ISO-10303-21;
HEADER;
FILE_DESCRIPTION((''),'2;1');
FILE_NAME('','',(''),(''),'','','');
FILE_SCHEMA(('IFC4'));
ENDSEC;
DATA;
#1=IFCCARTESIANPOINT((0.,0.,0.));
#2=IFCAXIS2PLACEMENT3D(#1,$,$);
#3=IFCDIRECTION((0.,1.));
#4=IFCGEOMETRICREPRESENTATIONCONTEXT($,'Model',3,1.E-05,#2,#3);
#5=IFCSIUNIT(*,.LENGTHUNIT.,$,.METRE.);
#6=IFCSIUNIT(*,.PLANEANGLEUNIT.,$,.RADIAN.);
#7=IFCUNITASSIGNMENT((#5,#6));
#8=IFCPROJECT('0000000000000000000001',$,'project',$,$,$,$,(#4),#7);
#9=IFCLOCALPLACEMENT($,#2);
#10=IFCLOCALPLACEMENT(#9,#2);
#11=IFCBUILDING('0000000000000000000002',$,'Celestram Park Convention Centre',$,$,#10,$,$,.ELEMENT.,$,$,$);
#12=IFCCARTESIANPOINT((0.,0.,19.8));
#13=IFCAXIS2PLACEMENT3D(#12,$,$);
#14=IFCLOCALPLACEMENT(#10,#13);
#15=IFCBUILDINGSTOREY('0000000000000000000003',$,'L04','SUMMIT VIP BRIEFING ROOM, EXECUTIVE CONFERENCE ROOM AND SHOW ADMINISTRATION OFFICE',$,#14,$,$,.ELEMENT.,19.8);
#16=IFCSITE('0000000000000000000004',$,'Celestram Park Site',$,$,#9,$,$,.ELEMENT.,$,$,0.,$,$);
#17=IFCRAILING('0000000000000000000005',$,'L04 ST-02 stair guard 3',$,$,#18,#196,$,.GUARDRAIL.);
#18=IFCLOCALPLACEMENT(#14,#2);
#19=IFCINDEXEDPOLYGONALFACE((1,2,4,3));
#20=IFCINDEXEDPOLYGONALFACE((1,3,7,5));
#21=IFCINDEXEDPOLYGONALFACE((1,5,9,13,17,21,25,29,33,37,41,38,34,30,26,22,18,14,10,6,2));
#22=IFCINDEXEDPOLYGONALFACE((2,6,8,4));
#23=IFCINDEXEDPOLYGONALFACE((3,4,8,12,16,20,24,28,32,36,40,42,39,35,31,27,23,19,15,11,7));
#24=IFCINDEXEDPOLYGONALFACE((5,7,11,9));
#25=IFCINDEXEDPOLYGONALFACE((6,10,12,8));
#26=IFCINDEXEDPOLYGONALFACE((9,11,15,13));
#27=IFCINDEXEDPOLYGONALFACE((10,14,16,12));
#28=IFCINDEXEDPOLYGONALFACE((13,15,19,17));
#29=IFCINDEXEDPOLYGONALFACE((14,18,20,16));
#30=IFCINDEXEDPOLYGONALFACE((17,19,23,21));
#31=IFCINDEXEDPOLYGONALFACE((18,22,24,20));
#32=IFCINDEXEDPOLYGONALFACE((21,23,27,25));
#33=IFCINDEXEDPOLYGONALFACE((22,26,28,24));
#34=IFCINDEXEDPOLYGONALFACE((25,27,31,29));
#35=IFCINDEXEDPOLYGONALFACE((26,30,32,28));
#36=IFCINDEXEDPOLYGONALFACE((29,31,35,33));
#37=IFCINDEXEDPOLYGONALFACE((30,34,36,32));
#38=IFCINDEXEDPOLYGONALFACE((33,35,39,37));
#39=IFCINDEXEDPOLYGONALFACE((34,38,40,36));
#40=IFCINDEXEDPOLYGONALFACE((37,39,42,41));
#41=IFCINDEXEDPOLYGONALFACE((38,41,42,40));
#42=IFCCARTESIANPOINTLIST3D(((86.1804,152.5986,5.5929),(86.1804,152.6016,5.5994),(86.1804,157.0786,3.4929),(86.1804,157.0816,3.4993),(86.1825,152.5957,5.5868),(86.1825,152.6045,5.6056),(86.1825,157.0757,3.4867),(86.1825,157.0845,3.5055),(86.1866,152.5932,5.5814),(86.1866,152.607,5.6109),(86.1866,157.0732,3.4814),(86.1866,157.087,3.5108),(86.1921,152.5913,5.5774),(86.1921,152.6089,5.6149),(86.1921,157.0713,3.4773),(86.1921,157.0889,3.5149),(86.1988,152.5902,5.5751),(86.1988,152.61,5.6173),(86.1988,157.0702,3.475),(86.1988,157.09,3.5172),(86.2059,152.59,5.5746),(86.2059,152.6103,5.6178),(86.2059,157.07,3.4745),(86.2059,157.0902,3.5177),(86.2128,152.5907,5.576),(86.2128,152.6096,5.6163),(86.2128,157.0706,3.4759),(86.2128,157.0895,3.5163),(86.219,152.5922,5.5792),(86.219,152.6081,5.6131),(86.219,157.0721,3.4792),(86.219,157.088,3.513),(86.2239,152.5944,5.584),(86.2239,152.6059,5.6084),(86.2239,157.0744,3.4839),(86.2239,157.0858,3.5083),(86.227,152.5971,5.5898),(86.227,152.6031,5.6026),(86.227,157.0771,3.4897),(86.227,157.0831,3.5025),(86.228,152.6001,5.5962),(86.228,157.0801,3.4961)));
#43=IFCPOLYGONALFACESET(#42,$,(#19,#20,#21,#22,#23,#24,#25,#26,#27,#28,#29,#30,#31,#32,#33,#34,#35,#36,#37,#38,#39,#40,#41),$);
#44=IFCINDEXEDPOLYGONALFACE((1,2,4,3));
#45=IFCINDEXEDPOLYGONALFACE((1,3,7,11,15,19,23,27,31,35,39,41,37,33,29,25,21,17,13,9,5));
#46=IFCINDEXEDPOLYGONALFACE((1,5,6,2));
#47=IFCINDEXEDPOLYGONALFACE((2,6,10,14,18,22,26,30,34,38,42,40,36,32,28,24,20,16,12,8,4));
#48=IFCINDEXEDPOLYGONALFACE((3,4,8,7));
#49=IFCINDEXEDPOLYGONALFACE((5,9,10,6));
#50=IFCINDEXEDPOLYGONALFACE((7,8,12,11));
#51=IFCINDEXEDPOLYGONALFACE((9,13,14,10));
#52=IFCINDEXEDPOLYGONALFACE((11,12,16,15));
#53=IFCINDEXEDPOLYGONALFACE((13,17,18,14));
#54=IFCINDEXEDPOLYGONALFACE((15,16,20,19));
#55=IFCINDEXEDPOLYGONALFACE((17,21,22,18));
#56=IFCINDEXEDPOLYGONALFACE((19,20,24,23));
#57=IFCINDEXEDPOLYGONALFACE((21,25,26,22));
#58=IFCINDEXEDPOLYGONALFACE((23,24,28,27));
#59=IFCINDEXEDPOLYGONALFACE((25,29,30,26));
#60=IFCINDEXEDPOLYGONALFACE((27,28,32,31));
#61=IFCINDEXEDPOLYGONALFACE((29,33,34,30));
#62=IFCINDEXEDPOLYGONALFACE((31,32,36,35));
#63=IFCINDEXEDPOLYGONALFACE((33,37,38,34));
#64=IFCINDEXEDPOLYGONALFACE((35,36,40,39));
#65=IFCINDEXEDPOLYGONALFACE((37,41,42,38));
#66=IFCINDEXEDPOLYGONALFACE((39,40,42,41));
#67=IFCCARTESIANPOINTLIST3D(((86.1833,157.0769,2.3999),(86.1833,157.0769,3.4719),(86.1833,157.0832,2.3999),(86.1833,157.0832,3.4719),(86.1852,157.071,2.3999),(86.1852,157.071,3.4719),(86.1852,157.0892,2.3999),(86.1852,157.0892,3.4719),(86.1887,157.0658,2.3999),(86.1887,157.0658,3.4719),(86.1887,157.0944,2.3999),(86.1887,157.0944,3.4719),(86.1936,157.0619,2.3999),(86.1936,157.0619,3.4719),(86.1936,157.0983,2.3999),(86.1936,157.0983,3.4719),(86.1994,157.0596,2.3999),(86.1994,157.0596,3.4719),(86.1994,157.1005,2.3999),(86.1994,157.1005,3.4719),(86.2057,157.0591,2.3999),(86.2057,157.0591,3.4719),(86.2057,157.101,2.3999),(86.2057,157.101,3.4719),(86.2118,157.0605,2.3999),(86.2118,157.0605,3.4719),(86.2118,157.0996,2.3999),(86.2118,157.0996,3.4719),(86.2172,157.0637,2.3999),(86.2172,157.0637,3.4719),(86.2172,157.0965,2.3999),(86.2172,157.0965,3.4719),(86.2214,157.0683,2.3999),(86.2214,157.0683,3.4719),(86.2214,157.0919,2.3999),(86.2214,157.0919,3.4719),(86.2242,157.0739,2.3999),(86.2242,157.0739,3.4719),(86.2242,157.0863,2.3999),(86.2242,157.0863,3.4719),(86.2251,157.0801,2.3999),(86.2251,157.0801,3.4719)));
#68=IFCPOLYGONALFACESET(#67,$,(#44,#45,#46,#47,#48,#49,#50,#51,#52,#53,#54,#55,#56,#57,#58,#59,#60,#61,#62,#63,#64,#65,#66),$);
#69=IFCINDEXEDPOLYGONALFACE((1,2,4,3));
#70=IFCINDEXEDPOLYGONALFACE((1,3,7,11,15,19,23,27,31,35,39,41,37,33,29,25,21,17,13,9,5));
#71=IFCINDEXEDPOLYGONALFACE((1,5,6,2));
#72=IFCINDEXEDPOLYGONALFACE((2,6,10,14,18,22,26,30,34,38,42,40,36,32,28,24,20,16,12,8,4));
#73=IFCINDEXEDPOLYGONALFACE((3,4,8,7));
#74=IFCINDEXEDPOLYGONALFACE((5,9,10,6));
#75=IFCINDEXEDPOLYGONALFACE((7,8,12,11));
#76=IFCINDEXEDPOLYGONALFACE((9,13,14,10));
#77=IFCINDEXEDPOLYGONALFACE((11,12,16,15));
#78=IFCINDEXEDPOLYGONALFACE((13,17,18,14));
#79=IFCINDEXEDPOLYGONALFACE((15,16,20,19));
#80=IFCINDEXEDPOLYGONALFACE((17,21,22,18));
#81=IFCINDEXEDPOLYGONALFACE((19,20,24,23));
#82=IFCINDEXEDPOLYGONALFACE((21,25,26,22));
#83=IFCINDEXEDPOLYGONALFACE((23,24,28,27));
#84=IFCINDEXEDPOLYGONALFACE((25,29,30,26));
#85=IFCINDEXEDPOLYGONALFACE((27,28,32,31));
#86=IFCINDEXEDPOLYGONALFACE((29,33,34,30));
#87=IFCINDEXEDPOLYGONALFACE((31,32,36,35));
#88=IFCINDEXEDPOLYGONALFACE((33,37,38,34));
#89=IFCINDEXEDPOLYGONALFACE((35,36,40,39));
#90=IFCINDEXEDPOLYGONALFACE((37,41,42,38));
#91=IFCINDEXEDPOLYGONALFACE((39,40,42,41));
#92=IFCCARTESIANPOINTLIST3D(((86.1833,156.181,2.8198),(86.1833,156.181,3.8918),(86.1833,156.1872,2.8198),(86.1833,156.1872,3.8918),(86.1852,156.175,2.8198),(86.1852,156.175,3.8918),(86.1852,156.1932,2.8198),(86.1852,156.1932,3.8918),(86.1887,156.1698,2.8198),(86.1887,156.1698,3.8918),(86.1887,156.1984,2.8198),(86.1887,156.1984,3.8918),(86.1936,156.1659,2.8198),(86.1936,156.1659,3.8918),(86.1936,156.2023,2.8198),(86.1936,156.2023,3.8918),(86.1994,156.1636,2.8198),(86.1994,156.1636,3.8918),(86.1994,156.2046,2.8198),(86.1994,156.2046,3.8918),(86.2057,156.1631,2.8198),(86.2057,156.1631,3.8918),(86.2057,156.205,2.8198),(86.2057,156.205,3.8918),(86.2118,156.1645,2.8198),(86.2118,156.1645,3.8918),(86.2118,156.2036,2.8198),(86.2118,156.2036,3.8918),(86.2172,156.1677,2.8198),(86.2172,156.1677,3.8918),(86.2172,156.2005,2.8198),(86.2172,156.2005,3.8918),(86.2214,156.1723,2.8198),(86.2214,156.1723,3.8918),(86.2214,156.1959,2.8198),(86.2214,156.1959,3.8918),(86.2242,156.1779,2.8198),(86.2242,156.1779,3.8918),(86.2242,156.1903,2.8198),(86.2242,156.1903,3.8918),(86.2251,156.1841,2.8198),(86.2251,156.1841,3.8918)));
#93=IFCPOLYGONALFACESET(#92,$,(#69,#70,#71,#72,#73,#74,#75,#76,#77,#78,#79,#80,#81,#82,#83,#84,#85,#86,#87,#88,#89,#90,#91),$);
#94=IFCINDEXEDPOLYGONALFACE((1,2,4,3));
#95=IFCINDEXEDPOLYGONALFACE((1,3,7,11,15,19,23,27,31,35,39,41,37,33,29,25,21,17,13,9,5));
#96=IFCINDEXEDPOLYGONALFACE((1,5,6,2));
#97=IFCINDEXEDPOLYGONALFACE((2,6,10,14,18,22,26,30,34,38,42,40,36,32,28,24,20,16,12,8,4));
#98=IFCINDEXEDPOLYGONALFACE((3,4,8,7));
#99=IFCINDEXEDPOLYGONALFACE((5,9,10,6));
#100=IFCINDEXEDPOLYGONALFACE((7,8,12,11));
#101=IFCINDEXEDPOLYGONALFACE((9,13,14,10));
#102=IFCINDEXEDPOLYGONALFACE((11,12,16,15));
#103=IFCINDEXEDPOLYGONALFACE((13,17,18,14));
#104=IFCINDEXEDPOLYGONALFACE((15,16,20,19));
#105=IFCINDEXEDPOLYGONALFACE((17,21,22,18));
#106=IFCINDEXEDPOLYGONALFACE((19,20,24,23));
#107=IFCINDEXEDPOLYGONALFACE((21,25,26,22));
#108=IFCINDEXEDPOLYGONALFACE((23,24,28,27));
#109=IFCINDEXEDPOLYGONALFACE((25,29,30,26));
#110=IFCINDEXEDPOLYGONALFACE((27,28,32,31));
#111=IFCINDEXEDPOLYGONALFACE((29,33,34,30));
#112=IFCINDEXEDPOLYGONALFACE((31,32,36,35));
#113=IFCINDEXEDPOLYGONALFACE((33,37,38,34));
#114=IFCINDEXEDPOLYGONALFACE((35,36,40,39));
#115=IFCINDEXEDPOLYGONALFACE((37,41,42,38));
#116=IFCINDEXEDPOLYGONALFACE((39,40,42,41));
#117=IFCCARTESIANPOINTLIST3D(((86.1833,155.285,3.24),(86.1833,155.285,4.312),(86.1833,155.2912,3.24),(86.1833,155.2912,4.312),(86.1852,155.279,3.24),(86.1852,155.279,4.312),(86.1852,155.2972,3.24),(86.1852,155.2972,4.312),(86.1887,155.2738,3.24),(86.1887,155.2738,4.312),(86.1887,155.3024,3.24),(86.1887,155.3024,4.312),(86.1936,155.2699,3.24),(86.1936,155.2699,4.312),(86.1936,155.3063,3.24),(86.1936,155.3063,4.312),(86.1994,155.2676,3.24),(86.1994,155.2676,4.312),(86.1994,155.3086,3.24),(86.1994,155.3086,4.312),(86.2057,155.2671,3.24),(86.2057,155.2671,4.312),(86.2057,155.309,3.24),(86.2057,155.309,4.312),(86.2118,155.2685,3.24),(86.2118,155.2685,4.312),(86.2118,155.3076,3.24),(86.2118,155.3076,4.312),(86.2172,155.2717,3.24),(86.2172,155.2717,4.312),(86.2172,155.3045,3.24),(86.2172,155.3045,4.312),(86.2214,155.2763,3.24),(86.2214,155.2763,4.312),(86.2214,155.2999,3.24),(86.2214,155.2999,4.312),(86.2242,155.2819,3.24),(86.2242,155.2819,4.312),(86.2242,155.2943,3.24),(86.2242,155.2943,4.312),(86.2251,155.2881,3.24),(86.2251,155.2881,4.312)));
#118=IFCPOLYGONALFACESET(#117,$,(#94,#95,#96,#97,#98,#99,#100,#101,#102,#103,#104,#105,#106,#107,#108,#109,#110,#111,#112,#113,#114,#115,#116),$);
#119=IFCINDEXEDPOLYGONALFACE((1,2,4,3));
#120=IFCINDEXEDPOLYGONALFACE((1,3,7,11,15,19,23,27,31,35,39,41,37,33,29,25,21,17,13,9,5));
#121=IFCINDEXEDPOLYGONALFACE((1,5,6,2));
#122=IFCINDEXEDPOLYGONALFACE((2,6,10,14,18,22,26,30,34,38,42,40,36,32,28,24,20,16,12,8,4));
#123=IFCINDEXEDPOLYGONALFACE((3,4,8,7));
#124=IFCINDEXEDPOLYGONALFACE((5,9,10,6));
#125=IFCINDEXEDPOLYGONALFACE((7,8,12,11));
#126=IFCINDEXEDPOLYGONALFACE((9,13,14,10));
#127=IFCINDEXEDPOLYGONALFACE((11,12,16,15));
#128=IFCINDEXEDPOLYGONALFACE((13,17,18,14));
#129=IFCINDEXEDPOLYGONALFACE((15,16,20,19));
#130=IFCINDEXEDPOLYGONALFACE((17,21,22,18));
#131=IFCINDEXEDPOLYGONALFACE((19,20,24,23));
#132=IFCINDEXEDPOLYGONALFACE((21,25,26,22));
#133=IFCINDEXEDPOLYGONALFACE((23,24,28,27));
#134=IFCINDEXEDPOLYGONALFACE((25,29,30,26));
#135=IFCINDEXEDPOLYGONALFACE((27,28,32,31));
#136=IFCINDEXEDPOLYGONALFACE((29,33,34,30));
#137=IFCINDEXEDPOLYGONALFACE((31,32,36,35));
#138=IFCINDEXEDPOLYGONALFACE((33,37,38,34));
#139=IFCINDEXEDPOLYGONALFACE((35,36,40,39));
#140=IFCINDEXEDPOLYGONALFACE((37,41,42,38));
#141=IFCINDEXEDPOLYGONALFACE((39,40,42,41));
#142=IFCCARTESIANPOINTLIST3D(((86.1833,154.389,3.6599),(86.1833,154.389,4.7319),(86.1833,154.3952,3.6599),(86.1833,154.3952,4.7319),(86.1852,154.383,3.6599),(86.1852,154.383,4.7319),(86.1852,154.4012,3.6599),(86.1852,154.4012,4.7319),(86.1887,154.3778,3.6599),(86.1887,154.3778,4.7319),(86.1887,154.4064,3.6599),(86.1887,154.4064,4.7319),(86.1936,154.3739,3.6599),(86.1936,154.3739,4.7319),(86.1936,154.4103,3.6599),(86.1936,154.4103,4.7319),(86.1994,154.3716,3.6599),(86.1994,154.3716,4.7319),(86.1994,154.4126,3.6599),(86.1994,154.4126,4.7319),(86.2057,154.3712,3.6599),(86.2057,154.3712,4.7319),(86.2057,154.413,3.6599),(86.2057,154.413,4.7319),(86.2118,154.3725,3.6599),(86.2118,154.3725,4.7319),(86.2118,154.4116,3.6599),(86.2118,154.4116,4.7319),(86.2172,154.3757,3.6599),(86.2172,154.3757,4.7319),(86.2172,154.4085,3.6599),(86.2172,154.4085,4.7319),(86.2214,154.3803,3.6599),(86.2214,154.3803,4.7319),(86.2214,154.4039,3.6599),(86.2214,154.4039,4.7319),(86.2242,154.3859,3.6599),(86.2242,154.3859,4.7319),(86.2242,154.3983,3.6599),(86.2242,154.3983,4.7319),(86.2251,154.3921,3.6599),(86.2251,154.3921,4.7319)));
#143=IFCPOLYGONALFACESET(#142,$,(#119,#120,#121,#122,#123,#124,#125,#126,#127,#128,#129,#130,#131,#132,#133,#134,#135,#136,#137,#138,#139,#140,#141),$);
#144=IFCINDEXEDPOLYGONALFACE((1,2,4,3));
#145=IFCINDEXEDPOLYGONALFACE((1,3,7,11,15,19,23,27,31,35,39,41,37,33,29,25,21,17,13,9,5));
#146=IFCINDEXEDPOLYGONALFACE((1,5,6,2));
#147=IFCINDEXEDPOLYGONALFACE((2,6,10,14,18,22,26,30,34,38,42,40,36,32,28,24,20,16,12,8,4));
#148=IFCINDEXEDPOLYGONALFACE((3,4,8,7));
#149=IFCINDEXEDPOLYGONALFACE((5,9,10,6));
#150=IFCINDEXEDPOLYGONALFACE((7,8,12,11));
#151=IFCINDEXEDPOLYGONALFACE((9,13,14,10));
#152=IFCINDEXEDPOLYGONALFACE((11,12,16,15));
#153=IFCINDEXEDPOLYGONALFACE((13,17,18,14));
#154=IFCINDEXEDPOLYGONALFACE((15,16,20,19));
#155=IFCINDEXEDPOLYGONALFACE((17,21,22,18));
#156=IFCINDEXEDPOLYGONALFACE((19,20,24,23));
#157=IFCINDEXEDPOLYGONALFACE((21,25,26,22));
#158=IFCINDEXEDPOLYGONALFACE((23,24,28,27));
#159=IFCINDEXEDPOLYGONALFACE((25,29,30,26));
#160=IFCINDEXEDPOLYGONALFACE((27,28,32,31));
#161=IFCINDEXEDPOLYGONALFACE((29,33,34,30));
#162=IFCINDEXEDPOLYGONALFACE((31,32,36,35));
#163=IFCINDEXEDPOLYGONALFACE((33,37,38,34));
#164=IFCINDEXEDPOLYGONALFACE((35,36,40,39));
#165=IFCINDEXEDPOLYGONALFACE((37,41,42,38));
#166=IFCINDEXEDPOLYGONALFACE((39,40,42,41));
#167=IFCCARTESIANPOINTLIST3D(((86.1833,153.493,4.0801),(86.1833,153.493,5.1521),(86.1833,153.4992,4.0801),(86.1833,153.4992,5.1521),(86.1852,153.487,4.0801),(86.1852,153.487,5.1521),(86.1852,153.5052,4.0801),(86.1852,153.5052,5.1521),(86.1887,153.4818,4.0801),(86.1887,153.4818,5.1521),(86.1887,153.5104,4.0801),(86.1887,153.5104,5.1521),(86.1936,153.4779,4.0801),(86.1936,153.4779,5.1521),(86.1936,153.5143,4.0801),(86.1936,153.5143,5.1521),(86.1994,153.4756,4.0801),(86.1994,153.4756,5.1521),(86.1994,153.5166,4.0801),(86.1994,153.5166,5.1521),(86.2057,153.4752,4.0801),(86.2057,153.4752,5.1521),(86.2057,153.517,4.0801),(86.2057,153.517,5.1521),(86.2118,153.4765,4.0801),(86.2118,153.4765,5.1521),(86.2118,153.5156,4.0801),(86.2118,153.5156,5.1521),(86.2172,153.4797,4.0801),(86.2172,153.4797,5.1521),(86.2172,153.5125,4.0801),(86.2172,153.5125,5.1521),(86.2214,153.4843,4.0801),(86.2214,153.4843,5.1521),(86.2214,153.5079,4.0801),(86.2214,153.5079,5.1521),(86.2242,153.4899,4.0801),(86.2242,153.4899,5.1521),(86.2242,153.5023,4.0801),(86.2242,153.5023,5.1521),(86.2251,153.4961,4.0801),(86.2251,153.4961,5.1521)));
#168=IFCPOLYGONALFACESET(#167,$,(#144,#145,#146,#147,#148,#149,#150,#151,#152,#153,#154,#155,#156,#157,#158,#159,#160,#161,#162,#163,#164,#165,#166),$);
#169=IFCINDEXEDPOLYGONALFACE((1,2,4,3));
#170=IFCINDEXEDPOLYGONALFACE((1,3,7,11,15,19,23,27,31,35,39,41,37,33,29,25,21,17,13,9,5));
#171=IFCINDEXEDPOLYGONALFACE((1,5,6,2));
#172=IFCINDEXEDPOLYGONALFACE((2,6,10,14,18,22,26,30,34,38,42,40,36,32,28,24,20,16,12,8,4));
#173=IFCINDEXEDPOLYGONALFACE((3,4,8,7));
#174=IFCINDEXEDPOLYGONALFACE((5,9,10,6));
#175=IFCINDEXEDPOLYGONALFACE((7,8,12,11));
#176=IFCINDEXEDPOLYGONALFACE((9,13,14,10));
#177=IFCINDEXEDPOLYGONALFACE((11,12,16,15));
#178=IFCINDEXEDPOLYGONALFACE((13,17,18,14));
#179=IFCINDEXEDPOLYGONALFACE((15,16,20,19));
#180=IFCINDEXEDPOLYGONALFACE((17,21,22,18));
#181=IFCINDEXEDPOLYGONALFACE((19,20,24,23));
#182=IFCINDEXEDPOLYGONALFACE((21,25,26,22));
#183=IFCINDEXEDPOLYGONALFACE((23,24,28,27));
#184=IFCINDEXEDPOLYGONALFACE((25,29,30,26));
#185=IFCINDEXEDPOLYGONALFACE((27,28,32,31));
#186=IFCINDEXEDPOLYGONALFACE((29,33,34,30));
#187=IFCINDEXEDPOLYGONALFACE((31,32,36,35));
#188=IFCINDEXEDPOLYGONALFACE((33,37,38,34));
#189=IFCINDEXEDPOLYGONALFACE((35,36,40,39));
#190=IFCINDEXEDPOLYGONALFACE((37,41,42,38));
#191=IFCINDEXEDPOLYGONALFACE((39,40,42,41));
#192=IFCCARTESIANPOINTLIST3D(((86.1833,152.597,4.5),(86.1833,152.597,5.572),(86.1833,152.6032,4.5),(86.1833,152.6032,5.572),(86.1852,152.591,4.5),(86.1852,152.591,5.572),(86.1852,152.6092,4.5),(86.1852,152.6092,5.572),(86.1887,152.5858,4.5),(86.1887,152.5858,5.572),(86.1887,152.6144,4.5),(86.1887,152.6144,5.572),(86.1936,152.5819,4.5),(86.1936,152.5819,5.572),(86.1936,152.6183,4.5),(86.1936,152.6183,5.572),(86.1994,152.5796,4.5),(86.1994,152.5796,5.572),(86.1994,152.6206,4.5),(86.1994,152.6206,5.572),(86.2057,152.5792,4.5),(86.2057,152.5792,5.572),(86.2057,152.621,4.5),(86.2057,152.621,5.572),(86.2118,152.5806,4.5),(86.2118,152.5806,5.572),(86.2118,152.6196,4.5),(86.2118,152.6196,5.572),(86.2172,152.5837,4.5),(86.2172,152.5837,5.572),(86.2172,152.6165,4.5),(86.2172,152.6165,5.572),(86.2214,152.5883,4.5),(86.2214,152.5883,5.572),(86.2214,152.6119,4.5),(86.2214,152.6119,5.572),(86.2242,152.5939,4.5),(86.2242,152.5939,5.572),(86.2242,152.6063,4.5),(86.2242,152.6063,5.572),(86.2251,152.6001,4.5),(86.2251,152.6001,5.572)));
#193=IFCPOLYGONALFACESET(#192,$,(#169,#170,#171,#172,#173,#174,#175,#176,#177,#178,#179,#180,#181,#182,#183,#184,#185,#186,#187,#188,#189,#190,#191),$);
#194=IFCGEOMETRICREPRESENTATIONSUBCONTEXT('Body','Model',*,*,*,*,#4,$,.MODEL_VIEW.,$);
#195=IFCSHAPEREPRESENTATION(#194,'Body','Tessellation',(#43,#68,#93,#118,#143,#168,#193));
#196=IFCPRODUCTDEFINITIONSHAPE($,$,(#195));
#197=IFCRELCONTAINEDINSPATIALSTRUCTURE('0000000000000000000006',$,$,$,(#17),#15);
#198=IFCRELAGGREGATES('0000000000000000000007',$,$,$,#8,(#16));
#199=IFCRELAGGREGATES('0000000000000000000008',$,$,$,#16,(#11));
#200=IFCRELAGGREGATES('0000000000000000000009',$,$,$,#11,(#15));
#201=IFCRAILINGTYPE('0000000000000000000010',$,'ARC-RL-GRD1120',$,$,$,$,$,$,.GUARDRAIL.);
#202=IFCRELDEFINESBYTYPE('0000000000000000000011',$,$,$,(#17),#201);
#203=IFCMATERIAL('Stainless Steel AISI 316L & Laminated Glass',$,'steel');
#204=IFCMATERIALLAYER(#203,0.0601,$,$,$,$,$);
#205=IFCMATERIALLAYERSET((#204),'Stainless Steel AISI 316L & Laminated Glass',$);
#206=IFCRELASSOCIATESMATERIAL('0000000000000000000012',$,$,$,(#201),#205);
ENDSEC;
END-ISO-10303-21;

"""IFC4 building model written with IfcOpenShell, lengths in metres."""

from ifc_helpers import new_model, si_unit, direction, frame, origin, origin_2d, place, context, subcontext, project, spatial, circle, extrude, material, layer, layer_set, type_object, element, save


model = new_model("IFC4")

# Units and contexts
model_context = context("Model", 3, precision=1e-05, world=origin(), true_north=direction((0.0, 1.0)))
body_context = subcontext(model_context, "Body", "Model", "MODEL_VIEW")
ifc_project = project(units=[si_unit("LENGTHUNIT", "METRE"), si_unit("PLANEANGLEUNIT", "RADIAN")], contexts=[model_context])

# Site, building, storey
site_placement = place(None, origin())
site = spatial("IfcSite", under=ifc_project, at=site_placement, Name="Celestram Park Site", CompositionType="ELEMENT", RefElevation=0.0)
building_placement = place(site_placement, origin())
building = spatial("IfcBuilding", under=site, at=building_placement, Name="Celestram Park Convention Centre", CompositionType="ELEMENT")
storey_placement = place(building_placement, frame((0.0, 0.0, 19.8)))
storey = spatial("IfcBuildingStorey", under=building, at=storey_placement, Name="L04", Description="SUMMIT VIP BRIEFING ROOM, EXECUTIVE CONFERENCE ROOM AND SHOW ADMINISTRATION OFFICE", CompositionType="ELEMENT", Elevation=19.8)

# Railing
ifc_material_1 = material(Name="Stainless Steel AISI 316L & Laminated Glass", Category="steel")
ifc_layer_1 = layer(ifc_material_1, 0.0601)
ifc_layer_set_1 = layer_set([ifc_layer_1], Name="Stainless Steel AISI 316L & Laminated Glass")
railing_type_1 = type_object("IfcRailingType", Name="ARC-RL-GRD1120", PredefinedType="GUARDRAIL", material=ifc_layer_set_1)
railing_1_placement = place(storey_placement, frame((86.2041, 157.0801, 2.3999)))
element("IfcRailing", 1, at=railing_1_placement, inside=storey, type_object=railing_type_1, Name="L04 ST-02 stair guard 3", PredefinedType="GUARDRAIL", context=body_context, shape_type="SweptSolid", body=[
    extrude(circle(Radius=0.0239, at=origin_2d()), frame((0.0, 0.0, 1.0962), z_axis=(0.0, -0.905451, 0.424452), x_axis=(1.0, 0.0, 0.0)), (0.0, 0.0, 1.0), 4.9478),
    extrude(circle(Radius=0.021, at=origin_2d()), origin(), (0.0, 0.0, 1.0), 1.072),
    extrude(circle(Radius=0.021, at=origin_2d()), frame((0.0, -0.896, 0.4199)), (0.0, 0.0, 1.0), 1.072),
    extrude(circle(Radius=0.021, at=origin_2d()), frame((0.0, -1.792, 0.8401)), (0.0, 0.0, 1.0), 1.072),
    extrude(circle(Radius=0.021, at=origin_2d()), frame((0.0, -2.688, 1.26)), (0.0, 0.0, 1.0), 1.072),
    extrude(circle(Radius=0.021, at=origin_2d()), frame((0.0, -3.584, 1.6802)), (0.0, 0.0, 1.0), 1.072),
    extrude(circle(Radius=0.021, at=origin_2d()), frame((0.0, -4.48, 2.1001)), (0.0, 0.0, 1.0), 1.072),
])

save(model, "model.ifc")
